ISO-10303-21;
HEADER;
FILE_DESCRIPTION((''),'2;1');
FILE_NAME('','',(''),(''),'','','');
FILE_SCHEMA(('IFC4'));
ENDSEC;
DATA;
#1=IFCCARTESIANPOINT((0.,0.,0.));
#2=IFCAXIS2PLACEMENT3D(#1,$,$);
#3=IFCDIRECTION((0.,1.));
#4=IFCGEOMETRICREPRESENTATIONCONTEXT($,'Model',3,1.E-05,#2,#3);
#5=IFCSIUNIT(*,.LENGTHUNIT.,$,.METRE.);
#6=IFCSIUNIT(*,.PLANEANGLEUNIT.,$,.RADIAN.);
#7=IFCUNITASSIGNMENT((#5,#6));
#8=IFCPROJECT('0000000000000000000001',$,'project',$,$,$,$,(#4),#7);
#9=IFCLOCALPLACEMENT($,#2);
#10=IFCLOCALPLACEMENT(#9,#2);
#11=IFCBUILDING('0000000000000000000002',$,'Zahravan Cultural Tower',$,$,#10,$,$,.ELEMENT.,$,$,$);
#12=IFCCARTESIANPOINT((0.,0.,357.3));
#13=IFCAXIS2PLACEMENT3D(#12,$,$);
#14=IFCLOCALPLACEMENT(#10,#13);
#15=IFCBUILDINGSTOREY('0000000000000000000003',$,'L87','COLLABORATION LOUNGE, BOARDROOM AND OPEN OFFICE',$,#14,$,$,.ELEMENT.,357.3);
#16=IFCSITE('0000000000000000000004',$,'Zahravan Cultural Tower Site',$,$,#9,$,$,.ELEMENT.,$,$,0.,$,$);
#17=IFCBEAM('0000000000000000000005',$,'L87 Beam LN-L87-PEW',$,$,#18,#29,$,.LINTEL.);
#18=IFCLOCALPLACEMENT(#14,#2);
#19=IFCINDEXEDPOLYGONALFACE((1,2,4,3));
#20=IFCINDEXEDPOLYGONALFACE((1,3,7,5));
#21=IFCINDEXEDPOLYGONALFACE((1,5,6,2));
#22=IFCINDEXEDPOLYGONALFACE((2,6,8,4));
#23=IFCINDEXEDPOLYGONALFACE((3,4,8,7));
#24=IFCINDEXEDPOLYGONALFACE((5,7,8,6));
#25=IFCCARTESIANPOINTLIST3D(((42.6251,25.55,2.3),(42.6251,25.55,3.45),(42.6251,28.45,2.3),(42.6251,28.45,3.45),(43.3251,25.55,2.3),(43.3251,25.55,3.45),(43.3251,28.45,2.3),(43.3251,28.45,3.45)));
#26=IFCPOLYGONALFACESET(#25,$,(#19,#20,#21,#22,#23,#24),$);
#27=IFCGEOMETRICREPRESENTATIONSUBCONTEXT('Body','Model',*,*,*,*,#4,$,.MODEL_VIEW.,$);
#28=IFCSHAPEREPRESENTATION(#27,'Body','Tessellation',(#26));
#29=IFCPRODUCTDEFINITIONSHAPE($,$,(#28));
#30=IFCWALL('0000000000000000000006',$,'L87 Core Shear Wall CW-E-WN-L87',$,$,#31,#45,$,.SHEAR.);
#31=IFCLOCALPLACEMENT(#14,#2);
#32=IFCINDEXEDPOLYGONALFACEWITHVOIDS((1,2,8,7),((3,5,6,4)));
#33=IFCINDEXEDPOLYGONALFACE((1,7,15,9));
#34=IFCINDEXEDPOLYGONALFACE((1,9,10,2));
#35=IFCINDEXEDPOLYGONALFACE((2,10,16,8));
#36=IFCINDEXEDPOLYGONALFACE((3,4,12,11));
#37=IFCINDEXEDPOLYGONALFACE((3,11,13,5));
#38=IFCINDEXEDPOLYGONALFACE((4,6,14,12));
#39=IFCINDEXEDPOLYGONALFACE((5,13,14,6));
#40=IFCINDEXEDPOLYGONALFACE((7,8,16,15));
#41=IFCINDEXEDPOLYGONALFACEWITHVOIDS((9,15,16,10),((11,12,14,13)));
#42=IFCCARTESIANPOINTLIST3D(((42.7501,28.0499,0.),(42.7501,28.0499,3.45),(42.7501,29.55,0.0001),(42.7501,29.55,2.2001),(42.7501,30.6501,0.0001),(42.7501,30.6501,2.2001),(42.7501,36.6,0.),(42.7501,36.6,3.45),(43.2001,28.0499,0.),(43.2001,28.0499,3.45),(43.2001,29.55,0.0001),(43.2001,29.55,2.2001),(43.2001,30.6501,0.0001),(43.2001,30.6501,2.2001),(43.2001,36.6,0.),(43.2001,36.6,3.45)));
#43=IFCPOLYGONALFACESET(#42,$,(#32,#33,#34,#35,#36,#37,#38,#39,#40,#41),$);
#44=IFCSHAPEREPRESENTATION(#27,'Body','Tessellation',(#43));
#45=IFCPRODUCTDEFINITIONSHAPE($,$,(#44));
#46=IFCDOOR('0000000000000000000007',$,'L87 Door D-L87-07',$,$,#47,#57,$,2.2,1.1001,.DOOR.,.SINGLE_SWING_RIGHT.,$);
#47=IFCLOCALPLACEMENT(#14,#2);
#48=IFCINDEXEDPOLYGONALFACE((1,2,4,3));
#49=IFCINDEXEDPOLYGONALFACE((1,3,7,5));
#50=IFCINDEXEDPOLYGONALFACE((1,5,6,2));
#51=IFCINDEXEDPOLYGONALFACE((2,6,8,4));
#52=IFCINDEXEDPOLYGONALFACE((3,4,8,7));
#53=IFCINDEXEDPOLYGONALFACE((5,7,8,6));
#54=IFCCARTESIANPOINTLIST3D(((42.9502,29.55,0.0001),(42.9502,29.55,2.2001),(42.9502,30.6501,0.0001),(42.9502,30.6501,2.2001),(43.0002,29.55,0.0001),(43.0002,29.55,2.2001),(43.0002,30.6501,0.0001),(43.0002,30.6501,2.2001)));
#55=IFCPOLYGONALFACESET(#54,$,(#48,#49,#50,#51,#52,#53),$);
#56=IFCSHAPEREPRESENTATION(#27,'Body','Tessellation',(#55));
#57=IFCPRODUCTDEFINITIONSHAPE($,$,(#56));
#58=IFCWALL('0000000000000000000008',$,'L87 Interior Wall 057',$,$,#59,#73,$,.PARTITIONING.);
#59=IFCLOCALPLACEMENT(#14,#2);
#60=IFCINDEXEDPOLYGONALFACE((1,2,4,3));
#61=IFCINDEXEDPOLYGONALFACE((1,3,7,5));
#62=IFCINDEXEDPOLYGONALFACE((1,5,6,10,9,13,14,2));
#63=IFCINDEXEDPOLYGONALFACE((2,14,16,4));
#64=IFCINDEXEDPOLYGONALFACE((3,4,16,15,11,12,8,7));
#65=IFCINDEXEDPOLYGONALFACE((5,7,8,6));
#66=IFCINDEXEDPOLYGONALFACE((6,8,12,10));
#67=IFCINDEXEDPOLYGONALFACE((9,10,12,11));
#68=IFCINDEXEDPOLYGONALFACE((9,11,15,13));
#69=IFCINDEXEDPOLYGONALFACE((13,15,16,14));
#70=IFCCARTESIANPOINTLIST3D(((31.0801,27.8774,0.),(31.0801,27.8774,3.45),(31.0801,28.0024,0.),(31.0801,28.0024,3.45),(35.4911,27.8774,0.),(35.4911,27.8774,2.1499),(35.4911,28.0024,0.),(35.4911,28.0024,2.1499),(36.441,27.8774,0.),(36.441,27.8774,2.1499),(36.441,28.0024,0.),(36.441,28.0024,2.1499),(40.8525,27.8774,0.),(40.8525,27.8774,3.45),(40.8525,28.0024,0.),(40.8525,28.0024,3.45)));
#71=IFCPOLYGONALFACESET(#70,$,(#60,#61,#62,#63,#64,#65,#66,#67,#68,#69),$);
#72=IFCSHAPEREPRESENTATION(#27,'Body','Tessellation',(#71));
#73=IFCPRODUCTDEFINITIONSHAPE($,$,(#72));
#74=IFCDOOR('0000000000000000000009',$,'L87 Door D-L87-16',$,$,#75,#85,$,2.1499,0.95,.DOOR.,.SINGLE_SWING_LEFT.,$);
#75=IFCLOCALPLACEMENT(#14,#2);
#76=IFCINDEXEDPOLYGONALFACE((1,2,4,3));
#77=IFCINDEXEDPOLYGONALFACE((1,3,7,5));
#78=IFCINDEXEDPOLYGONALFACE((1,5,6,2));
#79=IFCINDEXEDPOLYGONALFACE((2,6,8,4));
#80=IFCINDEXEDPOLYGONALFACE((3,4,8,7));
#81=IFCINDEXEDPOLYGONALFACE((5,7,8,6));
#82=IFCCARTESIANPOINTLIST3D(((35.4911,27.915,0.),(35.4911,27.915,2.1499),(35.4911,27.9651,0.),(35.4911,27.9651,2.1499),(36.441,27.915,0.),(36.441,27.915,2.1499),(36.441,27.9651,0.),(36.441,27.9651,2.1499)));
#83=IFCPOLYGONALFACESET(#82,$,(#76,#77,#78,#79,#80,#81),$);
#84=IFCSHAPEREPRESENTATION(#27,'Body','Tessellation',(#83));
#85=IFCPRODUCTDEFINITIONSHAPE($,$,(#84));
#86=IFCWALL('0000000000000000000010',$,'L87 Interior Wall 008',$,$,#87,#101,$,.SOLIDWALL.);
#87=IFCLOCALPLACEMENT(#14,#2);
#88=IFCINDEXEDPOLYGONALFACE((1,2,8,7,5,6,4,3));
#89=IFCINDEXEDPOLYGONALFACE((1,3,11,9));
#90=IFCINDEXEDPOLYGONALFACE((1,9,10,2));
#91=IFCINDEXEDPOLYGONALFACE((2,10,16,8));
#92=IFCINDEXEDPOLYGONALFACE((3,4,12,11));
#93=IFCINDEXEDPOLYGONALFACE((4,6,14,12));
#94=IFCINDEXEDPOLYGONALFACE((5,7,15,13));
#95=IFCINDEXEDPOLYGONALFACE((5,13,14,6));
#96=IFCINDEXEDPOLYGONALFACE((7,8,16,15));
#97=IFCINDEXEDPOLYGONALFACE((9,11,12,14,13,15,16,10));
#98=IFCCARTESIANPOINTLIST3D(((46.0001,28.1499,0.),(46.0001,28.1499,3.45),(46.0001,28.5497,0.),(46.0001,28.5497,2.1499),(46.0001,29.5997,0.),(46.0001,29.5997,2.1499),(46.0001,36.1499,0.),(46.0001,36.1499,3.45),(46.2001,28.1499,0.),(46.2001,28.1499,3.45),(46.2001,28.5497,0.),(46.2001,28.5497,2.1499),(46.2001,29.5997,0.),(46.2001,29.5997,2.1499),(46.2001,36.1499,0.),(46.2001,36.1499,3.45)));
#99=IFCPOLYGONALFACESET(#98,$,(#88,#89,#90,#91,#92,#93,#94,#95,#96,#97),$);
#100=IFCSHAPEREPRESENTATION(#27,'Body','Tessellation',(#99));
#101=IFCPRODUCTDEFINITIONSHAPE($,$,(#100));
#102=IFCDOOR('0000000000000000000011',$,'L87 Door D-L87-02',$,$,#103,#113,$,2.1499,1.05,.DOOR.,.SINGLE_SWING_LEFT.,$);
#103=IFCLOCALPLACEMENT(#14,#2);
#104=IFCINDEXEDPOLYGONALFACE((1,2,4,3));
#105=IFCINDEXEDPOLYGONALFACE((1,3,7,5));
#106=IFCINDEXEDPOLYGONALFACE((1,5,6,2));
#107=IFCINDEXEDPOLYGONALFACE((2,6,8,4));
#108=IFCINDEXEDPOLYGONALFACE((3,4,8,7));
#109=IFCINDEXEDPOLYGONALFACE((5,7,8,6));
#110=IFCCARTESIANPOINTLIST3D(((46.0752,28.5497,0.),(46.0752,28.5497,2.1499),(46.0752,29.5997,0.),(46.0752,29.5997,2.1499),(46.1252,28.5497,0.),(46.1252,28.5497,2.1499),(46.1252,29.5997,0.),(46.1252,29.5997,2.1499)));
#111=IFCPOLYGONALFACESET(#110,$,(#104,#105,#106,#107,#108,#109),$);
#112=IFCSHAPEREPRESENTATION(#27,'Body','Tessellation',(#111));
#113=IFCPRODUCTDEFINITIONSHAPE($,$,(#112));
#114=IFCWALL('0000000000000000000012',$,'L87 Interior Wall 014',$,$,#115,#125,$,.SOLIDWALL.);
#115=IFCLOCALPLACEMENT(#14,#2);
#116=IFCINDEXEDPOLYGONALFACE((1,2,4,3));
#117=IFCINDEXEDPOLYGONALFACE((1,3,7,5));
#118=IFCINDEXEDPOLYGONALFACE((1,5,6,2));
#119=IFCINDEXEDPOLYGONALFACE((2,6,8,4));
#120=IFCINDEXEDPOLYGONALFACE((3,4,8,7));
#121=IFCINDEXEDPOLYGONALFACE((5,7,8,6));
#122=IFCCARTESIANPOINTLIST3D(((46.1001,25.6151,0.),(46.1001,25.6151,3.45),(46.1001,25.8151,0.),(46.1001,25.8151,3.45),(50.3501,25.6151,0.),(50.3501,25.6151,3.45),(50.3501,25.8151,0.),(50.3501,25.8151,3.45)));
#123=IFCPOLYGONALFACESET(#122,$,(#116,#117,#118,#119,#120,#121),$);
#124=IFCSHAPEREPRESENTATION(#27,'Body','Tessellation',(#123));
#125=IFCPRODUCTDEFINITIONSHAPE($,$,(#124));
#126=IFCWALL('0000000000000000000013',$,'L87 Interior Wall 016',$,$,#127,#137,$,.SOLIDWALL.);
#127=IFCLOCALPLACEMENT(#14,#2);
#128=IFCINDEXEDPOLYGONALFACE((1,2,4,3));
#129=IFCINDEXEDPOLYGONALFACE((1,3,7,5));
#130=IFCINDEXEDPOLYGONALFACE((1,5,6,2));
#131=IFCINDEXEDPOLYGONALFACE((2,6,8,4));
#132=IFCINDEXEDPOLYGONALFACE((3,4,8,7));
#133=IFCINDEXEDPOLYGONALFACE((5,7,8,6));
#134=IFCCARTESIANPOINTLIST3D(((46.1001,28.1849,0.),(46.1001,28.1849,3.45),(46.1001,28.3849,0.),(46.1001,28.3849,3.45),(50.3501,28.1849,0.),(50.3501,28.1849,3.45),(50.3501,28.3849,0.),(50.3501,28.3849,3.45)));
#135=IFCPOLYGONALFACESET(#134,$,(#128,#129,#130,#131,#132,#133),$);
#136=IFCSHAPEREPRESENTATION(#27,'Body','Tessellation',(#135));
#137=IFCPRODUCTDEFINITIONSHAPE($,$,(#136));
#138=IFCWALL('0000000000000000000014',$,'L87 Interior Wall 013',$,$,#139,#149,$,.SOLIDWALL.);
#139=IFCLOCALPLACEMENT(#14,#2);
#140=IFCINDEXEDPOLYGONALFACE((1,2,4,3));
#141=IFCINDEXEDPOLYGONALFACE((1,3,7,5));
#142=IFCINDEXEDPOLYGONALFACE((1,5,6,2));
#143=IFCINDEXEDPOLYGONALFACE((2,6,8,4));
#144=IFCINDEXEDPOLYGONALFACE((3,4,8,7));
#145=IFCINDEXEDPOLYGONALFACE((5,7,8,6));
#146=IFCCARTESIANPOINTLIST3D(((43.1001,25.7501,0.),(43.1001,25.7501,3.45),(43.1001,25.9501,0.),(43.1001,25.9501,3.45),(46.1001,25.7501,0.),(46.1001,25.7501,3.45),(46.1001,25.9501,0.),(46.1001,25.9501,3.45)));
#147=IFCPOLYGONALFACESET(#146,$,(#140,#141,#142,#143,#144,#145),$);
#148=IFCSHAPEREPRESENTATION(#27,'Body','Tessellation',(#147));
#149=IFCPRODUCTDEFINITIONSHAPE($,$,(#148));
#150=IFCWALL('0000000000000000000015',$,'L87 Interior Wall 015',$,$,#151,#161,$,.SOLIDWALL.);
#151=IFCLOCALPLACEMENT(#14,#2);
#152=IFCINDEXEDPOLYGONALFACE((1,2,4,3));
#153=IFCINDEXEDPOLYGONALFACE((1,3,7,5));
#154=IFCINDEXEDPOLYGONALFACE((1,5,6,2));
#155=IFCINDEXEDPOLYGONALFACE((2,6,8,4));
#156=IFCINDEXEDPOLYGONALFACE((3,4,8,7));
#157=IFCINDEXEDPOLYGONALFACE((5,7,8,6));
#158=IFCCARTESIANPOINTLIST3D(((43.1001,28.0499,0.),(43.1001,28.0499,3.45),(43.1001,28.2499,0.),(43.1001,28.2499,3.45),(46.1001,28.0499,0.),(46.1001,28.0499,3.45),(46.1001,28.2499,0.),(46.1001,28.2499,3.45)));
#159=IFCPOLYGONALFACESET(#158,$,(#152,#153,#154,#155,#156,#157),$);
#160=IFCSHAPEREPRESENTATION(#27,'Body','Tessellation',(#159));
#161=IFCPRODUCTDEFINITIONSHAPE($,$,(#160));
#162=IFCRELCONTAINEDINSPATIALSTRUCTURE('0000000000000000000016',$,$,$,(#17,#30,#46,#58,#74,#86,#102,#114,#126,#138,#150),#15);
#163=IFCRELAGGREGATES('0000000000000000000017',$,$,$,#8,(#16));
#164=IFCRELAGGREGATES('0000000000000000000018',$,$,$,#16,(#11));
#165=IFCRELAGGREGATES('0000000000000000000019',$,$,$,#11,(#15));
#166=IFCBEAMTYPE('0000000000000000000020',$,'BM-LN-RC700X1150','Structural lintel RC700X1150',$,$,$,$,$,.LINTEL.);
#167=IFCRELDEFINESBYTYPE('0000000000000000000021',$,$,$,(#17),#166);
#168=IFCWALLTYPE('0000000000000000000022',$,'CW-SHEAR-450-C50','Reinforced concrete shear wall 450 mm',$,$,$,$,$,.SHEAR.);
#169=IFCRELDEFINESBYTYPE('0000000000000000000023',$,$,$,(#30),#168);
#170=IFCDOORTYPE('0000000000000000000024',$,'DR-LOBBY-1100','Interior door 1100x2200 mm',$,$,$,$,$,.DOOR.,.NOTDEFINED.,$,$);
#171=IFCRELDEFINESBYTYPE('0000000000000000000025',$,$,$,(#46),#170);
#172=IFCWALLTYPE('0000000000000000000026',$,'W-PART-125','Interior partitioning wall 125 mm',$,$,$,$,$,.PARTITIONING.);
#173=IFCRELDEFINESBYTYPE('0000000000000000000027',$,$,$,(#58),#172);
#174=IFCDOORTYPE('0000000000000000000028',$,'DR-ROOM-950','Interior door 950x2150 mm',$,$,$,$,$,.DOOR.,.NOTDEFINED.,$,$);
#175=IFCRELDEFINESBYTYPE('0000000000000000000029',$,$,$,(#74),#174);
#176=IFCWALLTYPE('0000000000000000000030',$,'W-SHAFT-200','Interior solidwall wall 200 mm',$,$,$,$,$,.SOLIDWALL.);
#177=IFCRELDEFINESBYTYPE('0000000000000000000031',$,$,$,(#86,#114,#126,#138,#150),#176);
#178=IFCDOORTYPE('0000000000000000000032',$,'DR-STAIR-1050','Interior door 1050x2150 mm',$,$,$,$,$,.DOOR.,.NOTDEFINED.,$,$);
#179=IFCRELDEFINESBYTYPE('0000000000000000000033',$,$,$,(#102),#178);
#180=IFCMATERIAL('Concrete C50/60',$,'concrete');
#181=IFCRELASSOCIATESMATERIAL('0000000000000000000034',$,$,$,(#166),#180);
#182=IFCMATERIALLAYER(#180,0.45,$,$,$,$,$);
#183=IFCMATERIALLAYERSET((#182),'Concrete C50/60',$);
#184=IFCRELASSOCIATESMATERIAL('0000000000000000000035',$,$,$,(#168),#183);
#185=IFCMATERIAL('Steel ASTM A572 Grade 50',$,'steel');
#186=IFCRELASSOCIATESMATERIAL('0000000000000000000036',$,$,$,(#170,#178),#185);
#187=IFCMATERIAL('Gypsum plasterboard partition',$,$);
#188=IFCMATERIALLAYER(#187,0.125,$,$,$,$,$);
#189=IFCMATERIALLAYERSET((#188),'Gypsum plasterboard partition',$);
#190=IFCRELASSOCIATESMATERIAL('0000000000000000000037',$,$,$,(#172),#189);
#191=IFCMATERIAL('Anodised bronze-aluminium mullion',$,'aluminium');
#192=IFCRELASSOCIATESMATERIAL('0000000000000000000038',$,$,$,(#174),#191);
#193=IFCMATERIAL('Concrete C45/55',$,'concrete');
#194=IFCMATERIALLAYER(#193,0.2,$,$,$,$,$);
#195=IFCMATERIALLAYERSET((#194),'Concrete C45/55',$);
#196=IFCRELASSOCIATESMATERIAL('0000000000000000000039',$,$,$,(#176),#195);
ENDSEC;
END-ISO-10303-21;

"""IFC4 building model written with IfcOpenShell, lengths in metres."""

from ifc_helpers import new_model, si_unit, direction, frame, frame_2d, origin, origin_2d, place, context, subcontext, project, spatial, rectangle, extrude, source, transform, mapped, material, layer, layer_set, material_profile, profile_set, type_object, element, fill, save


model = new_model("IFC4")

# Units and contexts
model_context = context("Model", 3, precision=1e-05, world=origin(), true_north=direction((0.0, 1.0)))
body_context = subcontext(model_context, "Body", "Model", "MODEL_VIEW")
ifc_project = project(units=[si_unit("LENGTHUNIT", "METRE"), si_unit("PLANEANGLEUNIT", "RADIAN")], contexts=[model_context])

# Site, building, storey
site_placement = place(None, origin())
site = spatial("IfcSite", under=ifc_project, at=site_placement, Name="Zahravan Cultural Tower Site", CompositionType="ELEMENT", RefElevation=0.0)
building_placement = place(site_placement, origin())
building = spatial("IfcBuilding", under=site, at=building_placement, Name="Zahravan Cultural Tower", CompositionType="ELEMENT")
storey_placement = place(building_placement, frame((0.0, 0.0, 357.3)))
storey = spatial("IfcBuildingStorey", under=building, at=storey_placement, Name="L87", Description="COLLABORATION LOUNGE, BOARDROOM AND OPEN OFFICE", CompositionType="ELEMENT", Elevation=357.3)

# Beam
ifc_material_1 = material(Name="Concrete C50/60", Category="concrete")
ifc_material_profile = material_profile(ifc_material_1, rectangle(XDim=0.7, YDim=1.1499, at=origin_2d()), Name="RC700X1150")
ifc_profile_set = profile_set([ifc_material_profile], Name="Concrete C50/60")
beam_type = type_object("IfcBeamType", Name="BM-LN-RC700X1150", Description="Structural lintel RC700X1150", PredefinedType="LINTEL", material=ifc_profile_set)
shared_shape_1 = source(origin(), body_context, "Body", "SweptSolid", [
    extrude(rectangle(XDim=0.7, YDim=1.1499, at=origin_2d()), origin(), (0.0, 0.0, 1.0), 2.8999),
])
beam_placement = place(storey_placement, frame((42.9751, 25.55, 2.875), z_axis=(0.0, 1.0, 0.0), x_axis=(-1.0, 0.0, 0.0)))
element("IfcBeam", 1, at=beam_placement, inside=storey, type_object=beam_type, Name="L87 Beam LN-L87-PEW", PredefinedType="LINTEL", context=body_context, shape_type="MappedRepresentation", body=[
    mapped(shared_shape_1, transform((0.0, 0.0, 0.0), x_axis=(1.0, 0.0, 0.0), y_axis=(0.0, 1.0, 0.0), z_axis=(0.0, 0.0, 1.0), scale=1.0)),
])

# Walls, openings, doors
ifc_layer_1 = layer(ifc_material_1, 0.45)
ifc_layer_set_1 = layer_set([ifc_layer_1], Name="Concrete C50/60")
wall_type_1 = type_object("IfcWallType", Name="CW-SHEAR-450-C50", Description="Reinforced concrete shear wall 450 mm", PredefinedType="SHEAR", material=ifc_layer_set_1)
wall_1_placement = place(storey_placement, frame((42.9751, 28.05, 0.0), z_axis=(0.0, 0.0, 1.0), x_axis=(0.0, 1.0, 0.0)))
wall_1 = element("IfcWall", 2, at=wall_1_placement, inside=storey, type_object=wall_type_1, Name="L87 Core Shear Wall CW-E-WN-L87", PredefinedType="SHEAR", context=body_context, shape_type="SweptSolid", body=[
    extrude(rectangle(XDim=8.55, YDim=0.45, at=frame_2d((4.2749, 0.0))), origin(), (0.0, 0.0, 1.0), 3.45),
])
opening_1_placement = place(wall_1_placement, frame((1.5, 0.0, 0.0)))
opening_1 = element("IfcOpeningElement", 3, at=opening_1_placement, cuts=wall_1, PredefinedType="OPENING", context=body_context, shape_type="SweptSolid", body=[
    extrude(rectangle(XDim=1.1001, YDim=2.2, at=frame_2d((0.55, 1.1001))), frame((0.0, 0.2349, 0.0), z_axis=(0.0, -1.0, 0.0), x_axis=(1.0, 0.0, 0.0)), (0.0, 0.0, 1.0), 0.47),
])
ifc_material_2 = material(Name="Steel ASTM A572 Grade 50", Category="steel")
door_type_1 = type_object("IfcDoorType", Name="DR-LOBBY-1100", Description="Interior door 1100x2200 mm", OperationType="NOTDEFINED", PredefinedType="DOOR", material=ifc_material_2)
shared_shape_2 = source(origin(), body_context, "Body", "SweptSolid", [
    extrude(rectangle(XDim=1.1001, YDim=2.2, at=frame_2d((0.55, 1.1001))), frame((0.0, 0.0249, 0.0), z_axis=(0.0, -1.0, 0.0), x_axis=(1.0, 0.0, 0.0)), (0.0, 0.0, 1.0), 0.05),
])
door_1_placement = place(opening_1_placement, origin())
door_1 = element("IfcDoor", 4, at=door_1_placement, inside=storey, type_object=door_type_1, Name="L87 Door D-L87-07", OperationType="SINGLE_SWING_RIGHT", OverallHeight=2.2, OverallWidth=1.1001, PredefinedType="DOOR", context=body_context, shape_type="MappedRepresentation", body=[
    mapped(shared_shape_2, transform((0.0, 0.0, 0.0), x_axis=(1.0, 0.0, 0.0), y_axis=(0.0, 1.0, 0.0), z_axis=(0.0, 0.0, 1.0), scale=1.0)),
])
fill(opening_1, door_1)
ifc_material_3 = material(Name="Gypsum plasterboard partition")
ifc_layer_2 = layer(ifc_material_3, 0.125)
ifc_layer_set_2 = layer_set([ifc_layer_2], Name="Gypsum plasterboard partition")
wall_type_2 = type_object("IfcWallType", Name="W-PART-125", Description="Interior partitioning wall 125 mm", PredefinedType="PARTITIONING", material=ifc_layer_set_2)
wall_2_placement = place(storey_placement, frame((40.8525, 27.9399, 0.0), z_axis=(0.0, 0.0, 1.0), x_axis=(-1.0, 0.0, 0.0)))
wall_2 = element("IfcWall", 5, at=wall_2_placement, inside=storey, type_object=wall_type_2, Name="L87 Interior Wall 057", PredefinedType="PARTITIONING", context=body_context, shape_type="SweptSolid", body=[
    extrude(rectangle(XDim=9.7725, YDim=0.125, at=frame_2d((4.8862, 0.0))), origin(), (0.0, 0.0, 1.0), 3.45),
])
opening_2_placement = place(wall_2_placement, frame((4.4114, 0.0, 0.0)))
opening_2 = element("IfcOpeningElement", 6, at=opening_2_placement, cuts=wall_2, PredefinedType="OPENING", context=body_context, shape_type="SweptSolid", body=[
    extrude(rectangle(XDim=0.95, YDim=2.1499, at=frame_2d((0.4751, 1.075))), frame((0.0, 0.0725, 0.0), z_axis=(0.0, -1.0, 0.0), x_axis=(1.0, 0.0, 0.0)), (0.0, 0.0, 1.0), 0.145),
])
ifc_material_4 = material(Name="Anodised bronze-aluminium mullion", Category="aluminium")
door_type_2 = type_object("IfcDoorType", Name="DR-ROOM-950", Description="Interior door 950x2150 mm", OperationType="NOTDEFINED", PredefinedType="DOOR", material=ifc_material_4)
shared_shape_3 = source(origin(), body_context, "Body", "SweptSolid", [
    extrude(rectangle(XDim=0.95, YDim=2.1499, at=frame_2d((0.4751, 1.075))), frame((0.0, 0.0249, 0.0), z_axis=(0.0, -1.0, 0.0), x_axis=(1.0, 0.0, 0.0)), (0.0, 0.0, 1.0), 0.05),
])
door_2_placement = place(opening_2_placement, origin())
door_2 = element("IfcDoor", 7, at=door_2_placement, inside=storey, type_object=door_type_2, Name="L87 Door D-L87-16", OperationType="SINGLE_SWING_LEFT", OverallHeight=2.1499, OverallWidth=0.95, PredefinedType="DOOR", context=body_context, shape_type="MappedRepresentation", body=[
    mapped(shared_shape_3, transform((0.0, 0.0, 0.0), x_axis=(1.0, 0.0, 0.0), y_axis=(0.0, 1.0, 0.0), z_axis=(0.0, 0.0, 1.0), scale=1.0)),
])
fill(opening_2, door_2)
ifc_material_5 = material(Name="Concrete C45/55", Category="concrete")
ifc_layer_3 = layer(ifc_material_5, 0.2)
ifc_layer_set_3 = layer_set([ifc_layer_3], Name="Concrete C45/55")
wall_type_3 = type_object("IfcWallType", Name="W-SHAFT-200", Description="Interior solidwall wall 200 mm", PredefinedType="SOLIDWALL", material=ifc_layer_set_3)
wall_3_placement = place(storey_placement, frame((46.1001, 28.1499, 0.0), z_axis=(0.0, 0.0, 1.0), x_axis=(0.0, 1.0, 0.0)))
wall_3 = element("IfcWall", 8, at=wall_3_placement, inside=storey, type_object=wall_type_3, Name="L87 Interior Wall 008", PredefinedType="SOLIDWALL", context=body_context, shape_type="SweptSolid", body=[
    extrude(rectangle(XDim=8.0, YDim=0.2, at=frame_2d((4.0, 0.0))), origin(), (0.0, 0.0, 1.0), 3.45),
])
opening_3_placement = place(wall_3_placement, frame((0.3999, 0.0, 0.0)))
opening_3 = element("IfcOpeningElement", 9, at=opening_3_placement, cuts=wall_3, PredefinedType="OPENING", context=body_context, shape_type="SweptSolid", body=[
    extrude(rectangle(XDim=1.05, YDim=2.1499, at=frame_2d((0.5249, 1.075))), frame((0.0, 0.1099, 0.0), z_axis=(0.0, -1.0, 0.0), x_axis=(1.0, 0.0, 0.0)), (0.0, 0.0, 1.0), 0.22),
])
door_type_3 = type_object("IfcDoorType", Name="DR-STAIR-1050", Description="Interior door 1050x2150 mm", OperationType="NOTDEFINED", PredefinedType="DOOR", material=ifc_material_2)
shared_shape_4 = source(origin(), body_context, "Body", "SweptSolid", [
    extrude(rectangle(XDim=1.05, YDim=2.1499, at=frame_2d((0.5249, 1.075))), frame((0.0, 0.0249, 0.0), z_axis=(0.0, -1.0, 0.0), x_axis=(1.0, 0.0, 0.0)), (0.0, 0.0, 1.0), 0.05),
])
door_3_placement = place(opening_3_placement, origin())
door_3 = element("IfcDoor", 10, at=door_3_placement, inside=storey, type_object=door_type_3, Name="L87 Door D-L87-02", OperationType="SINGLE_SWING_LEFT", OverallHeight=2.1499, OverallWidth=1.05, PredefinedType="DOOR", context=body_context, shape_type="MappedRepresentation", body=[
    mapped(shared_shape_4, transform((0.0, 0.0, 0.0), x_axis=(1.0, 0.0, 0.0), y_axis=(0.0, 1.0, 0.0), z_axis=(0.0, 0.0, 1.0), scale=1.0)),
])
fill(opening_3, door_3)

# Walls
shared_shape_5 = source(origin(), body_context, "Body", "SweptSolid", [
    extrude(rectangle(XDim=4.25, YDim=0.2, at=frame_2d((2.125, 0.0))), origin(), (0.0, 0.0, 1.0), 3.45),
])
for number, where, z_axis, x_axis, name in (
    (11, (46.1001, 25.7151, 0.0), (0.0, 0.0, 1.0), (1.0, 0.0, 0.0), "L87 Interior Wall 014"),
    (12, (46.1001, 28.2849, 0.0), (0.0, 0.0, 1.0), (1.0, 0.0, 0.0), "L87 Interior Wall 016"),
):
    element("IfcWall", number, at=place(storey_placement, frame(where, z_axis=z_axis, x_axis=x_axis)), inside=storey, type_object=wall_type_3, Name=name, PredefinedType="SOLIDWALL", context=body_context, shape_type="MappedRepresentation", body=[
        mapped(shared_shape_5, transform((0.0, 0.0, 0.0), x_axis=(1.0, 0.0, 0.0), y_axis=(0.0, 1.0, 0.0), z_axis=(0.0, 0.0, 1.0), scale=1.0)),
    ])
shared_shape_6 = source(origin(), body_context, "Body", "SweptSolid", [
    extrude(rectangle(XDim=3.0, YDim=0.2, at=frame_2d((1.5, 0.0))), origin(), (0.0, 0.0, 1.0), 3.45),
])
for number, where, z_axis, x_axis, name in (
    (13, (43.1001, 25.8501, 0.0), (0.0, 0.0, 1.0), (1.0, 0.0, 0.0), "L87 Interior Wall 013"),
    (14, (43.1001, 28.1499, 0.0), (0.0, 0.0, 1.0), (1.0, 0.0, 0.0), "L87 Interior Wall 015"),
):
    element("IfcWall", number, at=place(storey_placement, frame(where, z_axis=z_axis, x_axis=x_axis)), inside=storey, type_object=wall_type_3, Name=name, PredefinedType="SOLIDWALL", context=body_context, shape_type="MappedRepresentation", body=[
        mapped(shared_shape_6, transform((0.0, 0.0, 0.0), x_axis=(1.0, 0.0, 0.0), y_axis=(0.0, 1.0, 0.0), z_axis=(0.0, 0.0, 1.0), scale=1.0)),
    ])

save(model, "model.ifc")
